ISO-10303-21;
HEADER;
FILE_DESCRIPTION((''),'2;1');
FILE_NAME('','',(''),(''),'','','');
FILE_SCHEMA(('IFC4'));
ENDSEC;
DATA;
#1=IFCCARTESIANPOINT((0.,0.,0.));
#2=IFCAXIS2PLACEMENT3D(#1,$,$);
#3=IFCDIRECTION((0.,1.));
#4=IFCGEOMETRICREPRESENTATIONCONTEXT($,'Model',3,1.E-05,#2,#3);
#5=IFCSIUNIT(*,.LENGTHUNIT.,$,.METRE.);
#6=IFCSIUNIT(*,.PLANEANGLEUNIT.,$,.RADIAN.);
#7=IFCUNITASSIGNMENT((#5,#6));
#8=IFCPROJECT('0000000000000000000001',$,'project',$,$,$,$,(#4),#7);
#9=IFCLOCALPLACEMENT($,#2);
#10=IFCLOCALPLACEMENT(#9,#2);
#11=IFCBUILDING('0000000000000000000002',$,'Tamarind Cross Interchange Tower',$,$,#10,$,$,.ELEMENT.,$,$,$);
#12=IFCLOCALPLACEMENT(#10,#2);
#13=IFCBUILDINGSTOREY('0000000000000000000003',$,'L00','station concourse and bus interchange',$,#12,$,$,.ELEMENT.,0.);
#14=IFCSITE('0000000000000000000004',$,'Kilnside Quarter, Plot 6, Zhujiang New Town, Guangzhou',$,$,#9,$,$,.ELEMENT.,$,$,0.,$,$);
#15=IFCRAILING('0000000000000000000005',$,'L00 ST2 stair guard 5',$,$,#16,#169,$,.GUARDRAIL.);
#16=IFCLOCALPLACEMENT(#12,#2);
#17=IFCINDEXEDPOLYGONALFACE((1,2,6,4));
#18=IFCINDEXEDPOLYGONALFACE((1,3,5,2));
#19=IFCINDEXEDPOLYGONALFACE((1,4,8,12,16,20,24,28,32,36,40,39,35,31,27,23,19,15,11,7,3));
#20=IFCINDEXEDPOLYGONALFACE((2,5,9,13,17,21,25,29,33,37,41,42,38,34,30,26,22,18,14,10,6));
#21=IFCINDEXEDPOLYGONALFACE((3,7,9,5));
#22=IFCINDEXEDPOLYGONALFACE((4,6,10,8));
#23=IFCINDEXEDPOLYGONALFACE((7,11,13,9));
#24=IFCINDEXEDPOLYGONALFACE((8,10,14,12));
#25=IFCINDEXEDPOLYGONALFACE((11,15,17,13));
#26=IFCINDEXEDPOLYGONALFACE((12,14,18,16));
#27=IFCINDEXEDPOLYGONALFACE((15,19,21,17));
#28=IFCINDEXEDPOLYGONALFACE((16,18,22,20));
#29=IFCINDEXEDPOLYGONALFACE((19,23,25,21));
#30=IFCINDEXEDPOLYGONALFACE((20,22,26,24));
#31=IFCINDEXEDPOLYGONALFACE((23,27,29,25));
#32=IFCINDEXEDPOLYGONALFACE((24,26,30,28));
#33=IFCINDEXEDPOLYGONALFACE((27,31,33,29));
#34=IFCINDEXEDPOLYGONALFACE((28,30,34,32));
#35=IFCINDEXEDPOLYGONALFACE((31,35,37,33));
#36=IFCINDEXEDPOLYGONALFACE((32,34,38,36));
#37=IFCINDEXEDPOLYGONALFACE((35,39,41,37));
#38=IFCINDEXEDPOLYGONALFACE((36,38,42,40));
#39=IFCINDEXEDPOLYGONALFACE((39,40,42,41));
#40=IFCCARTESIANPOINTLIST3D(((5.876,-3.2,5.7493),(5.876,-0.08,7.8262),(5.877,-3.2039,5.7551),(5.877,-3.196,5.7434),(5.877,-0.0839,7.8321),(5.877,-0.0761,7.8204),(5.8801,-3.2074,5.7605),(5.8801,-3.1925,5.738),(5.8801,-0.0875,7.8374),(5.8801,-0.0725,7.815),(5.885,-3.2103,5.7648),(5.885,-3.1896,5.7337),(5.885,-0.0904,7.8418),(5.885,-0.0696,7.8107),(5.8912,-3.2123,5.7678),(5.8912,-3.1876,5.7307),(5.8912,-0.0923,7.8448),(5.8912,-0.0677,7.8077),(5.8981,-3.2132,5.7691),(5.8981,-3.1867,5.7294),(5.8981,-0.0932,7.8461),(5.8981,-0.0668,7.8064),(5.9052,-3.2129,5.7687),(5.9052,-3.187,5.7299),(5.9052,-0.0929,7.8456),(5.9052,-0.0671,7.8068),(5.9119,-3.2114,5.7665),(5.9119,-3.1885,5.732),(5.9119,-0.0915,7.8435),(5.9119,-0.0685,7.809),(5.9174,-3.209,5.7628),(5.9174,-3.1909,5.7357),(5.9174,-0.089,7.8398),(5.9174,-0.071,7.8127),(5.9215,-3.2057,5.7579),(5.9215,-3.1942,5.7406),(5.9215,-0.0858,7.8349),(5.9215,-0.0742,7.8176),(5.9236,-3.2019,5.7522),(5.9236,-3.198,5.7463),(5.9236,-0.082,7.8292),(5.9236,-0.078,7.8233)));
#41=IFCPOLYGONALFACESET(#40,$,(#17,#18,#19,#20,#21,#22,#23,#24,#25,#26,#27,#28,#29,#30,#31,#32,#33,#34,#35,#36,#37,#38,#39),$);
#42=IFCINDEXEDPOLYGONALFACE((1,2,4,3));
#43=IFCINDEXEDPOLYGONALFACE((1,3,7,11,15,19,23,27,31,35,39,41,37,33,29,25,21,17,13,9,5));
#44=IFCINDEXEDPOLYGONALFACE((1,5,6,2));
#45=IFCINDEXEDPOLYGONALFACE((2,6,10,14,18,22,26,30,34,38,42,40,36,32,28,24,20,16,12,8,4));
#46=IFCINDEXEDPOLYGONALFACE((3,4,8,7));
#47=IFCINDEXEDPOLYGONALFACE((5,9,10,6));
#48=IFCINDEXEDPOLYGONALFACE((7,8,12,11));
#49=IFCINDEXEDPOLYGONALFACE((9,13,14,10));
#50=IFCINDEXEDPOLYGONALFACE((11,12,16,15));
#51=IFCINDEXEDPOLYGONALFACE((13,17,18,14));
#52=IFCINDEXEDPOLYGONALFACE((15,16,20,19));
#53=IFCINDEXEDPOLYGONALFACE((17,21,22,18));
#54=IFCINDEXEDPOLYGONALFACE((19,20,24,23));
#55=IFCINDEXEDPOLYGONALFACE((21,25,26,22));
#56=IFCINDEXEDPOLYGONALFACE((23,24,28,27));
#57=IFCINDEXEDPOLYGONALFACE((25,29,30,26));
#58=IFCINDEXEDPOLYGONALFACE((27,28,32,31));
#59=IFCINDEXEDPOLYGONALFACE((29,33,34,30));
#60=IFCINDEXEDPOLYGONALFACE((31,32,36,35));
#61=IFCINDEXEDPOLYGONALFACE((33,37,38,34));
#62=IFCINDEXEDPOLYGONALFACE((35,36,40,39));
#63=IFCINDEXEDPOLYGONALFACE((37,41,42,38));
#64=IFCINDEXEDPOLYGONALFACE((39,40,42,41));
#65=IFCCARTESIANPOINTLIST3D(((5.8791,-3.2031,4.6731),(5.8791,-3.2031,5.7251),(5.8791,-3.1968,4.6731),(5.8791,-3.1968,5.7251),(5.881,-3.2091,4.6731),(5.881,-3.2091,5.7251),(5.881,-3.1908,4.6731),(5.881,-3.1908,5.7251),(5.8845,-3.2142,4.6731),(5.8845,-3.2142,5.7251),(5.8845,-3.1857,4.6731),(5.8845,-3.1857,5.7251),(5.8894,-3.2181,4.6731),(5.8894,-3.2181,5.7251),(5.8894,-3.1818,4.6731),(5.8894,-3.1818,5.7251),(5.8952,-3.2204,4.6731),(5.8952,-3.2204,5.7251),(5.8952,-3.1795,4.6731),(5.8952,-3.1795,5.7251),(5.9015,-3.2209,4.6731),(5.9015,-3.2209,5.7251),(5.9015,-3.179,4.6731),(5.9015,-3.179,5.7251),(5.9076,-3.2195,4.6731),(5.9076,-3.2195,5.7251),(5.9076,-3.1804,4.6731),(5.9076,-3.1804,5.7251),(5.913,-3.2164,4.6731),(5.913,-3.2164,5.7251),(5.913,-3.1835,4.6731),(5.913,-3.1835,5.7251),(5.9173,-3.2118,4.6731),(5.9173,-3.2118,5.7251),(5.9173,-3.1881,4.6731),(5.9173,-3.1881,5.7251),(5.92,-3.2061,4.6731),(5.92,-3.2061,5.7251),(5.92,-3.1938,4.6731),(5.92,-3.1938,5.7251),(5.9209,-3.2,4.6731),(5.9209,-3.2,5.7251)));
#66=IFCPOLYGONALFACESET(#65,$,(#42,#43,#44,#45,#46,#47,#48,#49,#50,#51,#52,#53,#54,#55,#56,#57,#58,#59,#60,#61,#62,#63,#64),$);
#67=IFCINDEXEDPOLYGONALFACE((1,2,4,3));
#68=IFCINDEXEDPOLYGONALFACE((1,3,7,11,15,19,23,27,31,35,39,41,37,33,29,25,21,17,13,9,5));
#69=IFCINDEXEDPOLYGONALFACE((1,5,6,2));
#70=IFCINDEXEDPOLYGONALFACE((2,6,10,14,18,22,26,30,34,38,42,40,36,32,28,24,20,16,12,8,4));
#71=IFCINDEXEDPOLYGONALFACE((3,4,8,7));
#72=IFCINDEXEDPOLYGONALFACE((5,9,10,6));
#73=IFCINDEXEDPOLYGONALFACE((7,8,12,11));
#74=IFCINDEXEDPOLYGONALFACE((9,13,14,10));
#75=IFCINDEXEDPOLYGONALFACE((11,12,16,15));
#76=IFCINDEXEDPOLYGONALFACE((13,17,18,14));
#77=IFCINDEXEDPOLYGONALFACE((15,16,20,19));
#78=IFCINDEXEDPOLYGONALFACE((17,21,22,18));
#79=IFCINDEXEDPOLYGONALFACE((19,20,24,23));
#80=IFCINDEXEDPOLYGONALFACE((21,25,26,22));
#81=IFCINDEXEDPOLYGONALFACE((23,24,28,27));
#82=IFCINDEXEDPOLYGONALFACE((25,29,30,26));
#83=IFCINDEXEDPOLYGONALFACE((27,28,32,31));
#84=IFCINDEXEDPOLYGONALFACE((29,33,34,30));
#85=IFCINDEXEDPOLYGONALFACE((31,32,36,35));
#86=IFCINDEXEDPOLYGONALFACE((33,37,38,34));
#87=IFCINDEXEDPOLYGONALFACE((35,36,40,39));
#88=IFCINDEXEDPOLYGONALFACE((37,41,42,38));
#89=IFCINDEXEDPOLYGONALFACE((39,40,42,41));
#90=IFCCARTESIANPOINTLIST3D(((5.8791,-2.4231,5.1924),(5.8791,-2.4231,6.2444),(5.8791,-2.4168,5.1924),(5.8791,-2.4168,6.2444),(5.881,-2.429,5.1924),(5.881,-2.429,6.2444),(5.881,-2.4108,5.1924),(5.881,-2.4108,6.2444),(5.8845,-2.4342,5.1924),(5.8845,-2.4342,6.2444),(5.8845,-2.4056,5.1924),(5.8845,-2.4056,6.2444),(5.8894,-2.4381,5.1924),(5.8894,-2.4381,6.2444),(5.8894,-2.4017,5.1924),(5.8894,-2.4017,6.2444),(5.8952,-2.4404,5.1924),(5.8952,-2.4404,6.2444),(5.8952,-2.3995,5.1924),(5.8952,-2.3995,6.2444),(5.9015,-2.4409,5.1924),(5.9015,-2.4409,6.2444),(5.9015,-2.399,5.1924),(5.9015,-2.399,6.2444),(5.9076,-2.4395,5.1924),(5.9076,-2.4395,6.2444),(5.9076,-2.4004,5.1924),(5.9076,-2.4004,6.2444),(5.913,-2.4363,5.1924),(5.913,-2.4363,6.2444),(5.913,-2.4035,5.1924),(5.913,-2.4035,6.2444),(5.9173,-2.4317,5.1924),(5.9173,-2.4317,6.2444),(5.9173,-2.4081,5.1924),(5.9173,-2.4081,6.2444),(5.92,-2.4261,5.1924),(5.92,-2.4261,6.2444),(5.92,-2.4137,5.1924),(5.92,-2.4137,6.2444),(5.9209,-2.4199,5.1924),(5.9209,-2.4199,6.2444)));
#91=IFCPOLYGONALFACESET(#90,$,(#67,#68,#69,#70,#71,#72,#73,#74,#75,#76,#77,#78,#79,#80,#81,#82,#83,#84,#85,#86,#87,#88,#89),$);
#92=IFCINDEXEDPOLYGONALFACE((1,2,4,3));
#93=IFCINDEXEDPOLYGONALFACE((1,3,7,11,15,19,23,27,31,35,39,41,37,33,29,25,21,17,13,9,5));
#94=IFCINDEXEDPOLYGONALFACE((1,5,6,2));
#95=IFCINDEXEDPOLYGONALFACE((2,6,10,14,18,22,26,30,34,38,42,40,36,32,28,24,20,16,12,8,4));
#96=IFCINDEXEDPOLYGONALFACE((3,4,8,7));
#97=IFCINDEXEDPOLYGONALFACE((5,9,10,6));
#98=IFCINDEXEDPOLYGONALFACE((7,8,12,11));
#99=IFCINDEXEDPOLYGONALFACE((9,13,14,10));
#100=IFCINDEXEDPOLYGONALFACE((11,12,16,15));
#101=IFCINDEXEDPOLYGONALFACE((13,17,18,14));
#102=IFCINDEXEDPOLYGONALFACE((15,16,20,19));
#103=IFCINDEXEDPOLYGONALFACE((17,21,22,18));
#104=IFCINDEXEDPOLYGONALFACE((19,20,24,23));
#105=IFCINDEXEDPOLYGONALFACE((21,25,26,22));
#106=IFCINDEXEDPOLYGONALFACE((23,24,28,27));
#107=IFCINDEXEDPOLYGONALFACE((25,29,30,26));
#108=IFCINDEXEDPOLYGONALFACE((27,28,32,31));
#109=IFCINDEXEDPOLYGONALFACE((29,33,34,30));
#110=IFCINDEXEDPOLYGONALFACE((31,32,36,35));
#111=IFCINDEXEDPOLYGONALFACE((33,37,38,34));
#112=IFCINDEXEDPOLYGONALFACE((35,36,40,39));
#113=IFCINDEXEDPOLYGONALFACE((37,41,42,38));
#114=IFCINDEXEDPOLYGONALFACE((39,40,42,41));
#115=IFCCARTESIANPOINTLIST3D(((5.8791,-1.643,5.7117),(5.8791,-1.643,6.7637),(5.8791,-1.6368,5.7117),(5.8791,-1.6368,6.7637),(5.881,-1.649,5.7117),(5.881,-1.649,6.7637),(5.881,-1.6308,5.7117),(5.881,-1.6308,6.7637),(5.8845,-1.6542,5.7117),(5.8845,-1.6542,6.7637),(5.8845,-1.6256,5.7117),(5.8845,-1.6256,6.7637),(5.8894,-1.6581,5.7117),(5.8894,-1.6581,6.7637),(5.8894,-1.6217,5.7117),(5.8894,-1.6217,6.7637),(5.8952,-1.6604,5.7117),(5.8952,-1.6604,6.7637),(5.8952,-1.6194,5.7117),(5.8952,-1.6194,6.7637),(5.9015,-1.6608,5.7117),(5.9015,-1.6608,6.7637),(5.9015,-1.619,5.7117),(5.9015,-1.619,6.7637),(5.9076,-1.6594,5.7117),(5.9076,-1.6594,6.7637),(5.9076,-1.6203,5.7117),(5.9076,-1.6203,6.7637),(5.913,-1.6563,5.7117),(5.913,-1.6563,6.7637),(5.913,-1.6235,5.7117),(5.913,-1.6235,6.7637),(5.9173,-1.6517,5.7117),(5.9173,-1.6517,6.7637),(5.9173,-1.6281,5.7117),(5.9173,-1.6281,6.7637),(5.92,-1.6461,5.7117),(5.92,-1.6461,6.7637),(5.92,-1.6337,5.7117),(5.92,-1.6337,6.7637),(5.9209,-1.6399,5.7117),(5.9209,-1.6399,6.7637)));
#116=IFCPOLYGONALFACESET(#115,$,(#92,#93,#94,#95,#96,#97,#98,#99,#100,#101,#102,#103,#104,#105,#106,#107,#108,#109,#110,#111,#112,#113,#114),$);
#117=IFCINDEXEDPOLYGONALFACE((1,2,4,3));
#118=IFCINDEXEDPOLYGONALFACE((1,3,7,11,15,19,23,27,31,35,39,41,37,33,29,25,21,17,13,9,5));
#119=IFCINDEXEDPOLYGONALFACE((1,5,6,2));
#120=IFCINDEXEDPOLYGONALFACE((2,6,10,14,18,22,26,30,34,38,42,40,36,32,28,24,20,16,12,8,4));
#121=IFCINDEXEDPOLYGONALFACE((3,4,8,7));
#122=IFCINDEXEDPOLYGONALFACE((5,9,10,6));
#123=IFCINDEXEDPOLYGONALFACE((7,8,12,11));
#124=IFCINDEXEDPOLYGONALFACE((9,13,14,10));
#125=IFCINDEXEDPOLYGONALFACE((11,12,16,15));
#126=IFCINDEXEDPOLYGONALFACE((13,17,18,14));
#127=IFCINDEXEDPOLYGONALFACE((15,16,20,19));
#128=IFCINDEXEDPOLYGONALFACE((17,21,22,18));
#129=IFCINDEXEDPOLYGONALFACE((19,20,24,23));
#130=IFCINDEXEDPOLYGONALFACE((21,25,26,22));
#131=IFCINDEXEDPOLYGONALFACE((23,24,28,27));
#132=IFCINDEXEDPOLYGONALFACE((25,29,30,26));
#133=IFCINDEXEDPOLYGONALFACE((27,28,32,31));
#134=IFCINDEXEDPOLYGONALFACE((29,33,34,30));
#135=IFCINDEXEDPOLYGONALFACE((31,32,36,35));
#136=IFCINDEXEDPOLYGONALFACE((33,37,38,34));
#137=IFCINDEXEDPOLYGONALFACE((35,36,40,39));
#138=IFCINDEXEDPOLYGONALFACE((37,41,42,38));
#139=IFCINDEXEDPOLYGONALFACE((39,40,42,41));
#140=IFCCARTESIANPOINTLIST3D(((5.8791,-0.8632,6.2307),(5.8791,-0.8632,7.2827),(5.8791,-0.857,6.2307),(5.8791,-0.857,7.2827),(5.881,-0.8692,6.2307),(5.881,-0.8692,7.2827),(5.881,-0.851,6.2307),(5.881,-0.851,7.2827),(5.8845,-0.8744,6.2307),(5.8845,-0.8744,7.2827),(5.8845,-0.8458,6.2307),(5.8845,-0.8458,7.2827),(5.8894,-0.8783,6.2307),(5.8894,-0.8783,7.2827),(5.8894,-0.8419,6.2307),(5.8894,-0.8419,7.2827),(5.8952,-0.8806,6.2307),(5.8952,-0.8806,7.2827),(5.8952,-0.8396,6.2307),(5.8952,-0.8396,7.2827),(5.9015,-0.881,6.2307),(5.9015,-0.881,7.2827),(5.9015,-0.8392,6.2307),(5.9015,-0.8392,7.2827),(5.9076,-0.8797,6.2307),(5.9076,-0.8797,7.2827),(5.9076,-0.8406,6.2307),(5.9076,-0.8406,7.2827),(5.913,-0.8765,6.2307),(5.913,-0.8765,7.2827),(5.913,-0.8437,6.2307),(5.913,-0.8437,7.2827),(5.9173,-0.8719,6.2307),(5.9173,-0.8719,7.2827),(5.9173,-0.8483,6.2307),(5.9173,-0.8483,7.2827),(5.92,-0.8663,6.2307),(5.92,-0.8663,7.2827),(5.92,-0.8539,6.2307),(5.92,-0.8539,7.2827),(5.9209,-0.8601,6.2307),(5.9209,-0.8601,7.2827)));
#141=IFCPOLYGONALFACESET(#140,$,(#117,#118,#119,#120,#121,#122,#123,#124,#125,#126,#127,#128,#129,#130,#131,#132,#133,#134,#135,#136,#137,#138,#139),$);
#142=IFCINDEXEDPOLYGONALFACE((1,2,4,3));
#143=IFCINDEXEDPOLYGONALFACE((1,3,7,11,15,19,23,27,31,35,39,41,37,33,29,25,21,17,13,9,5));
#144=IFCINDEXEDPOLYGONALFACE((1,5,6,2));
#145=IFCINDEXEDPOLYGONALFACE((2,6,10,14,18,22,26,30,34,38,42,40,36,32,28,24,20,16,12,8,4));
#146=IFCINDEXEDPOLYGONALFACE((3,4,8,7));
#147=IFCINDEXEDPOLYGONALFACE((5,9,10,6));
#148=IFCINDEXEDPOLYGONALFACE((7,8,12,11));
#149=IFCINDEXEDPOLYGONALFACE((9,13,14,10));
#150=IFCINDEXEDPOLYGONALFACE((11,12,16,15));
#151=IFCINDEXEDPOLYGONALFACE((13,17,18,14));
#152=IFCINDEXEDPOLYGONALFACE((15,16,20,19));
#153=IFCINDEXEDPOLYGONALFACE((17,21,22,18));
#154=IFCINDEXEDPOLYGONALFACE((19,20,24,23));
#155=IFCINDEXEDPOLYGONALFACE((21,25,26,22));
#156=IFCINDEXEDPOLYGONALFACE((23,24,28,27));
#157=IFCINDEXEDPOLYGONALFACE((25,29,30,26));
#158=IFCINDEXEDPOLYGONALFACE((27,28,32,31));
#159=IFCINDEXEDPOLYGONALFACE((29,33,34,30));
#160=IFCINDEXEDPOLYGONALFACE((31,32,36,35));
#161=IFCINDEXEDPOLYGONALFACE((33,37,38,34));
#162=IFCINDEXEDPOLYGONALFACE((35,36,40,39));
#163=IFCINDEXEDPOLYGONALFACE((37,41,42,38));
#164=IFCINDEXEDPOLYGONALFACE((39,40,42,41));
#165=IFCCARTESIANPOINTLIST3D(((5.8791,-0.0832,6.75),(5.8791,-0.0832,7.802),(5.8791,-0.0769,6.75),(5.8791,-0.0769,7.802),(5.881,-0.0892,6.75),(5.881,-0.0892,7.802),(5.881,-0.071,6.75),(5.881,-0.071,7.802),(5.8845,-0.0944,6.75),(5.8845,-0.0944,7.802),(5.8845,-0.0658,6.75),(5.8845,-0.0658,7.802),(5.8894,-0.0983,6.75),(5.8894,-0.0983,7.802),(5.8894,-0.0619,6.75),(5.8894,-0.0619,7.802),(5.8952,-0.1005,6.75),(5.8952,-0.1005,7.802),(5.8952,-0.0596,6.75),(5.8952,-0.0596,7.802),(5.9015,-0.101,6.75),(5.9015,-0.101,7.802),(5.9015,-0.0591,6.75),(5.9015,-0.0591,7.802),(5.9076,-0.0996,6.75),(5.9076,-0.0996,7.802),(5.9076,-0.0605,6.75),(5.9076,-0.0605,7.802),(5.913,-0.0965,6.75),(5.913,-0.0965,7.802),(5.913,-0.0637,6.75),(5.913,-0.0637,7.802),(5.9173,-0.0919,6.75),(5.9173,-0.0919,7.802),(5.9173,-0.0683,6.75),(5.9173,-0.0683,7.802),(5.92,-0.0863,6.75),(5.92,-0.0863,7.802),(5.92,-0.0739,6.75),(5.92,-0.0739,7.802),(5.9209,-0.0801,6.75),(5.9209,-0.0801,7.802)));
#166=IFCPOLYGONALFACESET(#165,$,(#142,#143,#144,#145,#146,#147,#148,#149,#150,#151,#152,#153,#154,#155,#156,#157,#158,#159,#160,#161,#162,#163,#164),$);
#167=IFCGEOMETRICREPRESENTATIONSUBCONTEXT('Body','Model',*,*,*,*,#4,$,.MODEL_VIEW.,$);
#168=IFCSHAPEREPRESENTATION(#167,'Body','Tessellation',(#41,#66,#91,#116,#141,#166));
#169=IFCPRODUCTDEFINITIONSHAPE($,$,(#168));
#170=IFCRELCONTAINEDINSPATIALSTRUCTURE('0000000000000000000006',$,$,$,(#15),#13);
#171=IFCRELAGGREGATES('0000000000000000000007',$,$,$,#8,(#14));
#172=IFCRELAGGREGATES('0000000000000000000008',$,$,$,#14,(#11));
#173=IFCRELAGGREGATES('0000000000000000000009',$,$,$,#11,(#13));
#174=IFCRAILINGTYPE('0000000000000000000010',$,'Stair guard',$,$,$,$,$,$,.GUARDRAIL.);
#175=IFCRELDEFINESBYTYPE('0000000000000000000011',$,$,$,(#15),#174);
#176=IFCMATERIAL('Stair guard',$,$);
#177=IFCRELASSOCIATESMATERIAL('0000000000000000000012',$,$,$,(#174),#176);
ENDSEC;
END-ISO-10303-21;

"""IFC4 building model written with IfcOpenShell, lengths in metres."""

from ifc_helpers import new_model, si_unit, direction, frame, origin, origin_2d, place, context, subcontext, project, spatial, circle, extrude, material, type_object, element, save


model = new_model("IFC4")

# Units and contexts
model_context = context("Model", 3, precision=1e-05, world=origin(), true_north=direction((0.0, 1.0)))
body_context = subcontext(model_context, "Body", "Model", "MODEL_VIEW")
ifc_project = project(units=[si_unit("LENGTHUNIT", "METRE"), si_unit("PLANEANGLEUNIT", "RADIAN")], contexts=[model_context])

# Site, building, storey
site_placement = place(None, origin())
site = spatial("IfcSite", under=ifc_project, at=site_placement, Name="Kilnside Quarter, Plot 6, Zhujiang New Town, Guangzhou", CompositionType="ELEMENT", RefElevation=0.0)
building_placement = place(site_placement, origin())
building = spatial("IfcBuilding", under=site, at=building_placement, Name="Tamarind Cross Interchange Tower", CompositionType="ELEMENT")
storey_placement = place(building_placement, origin())
storey = spatial("IfcBuildingStorey", under=building, at=storey_placement, Name="L00", Description="station concourse and bus interchange", CompositionType="ELEMENT", Elevation=0.0)

# Railing
ifc_material_1 = material(Name="Stair guard")
railing_type = type_object("IfcRailingType", Name="Stair guard", PredefinedType="GUARDRAIL", material=ifc_material_1)
railing_1_placement = place(storey_placement, frame((5.8999, -3.2, 4.6731)))
element("IfcRailing", 1, at=railing_1_placement, inside=storey, type_object=railing_type, Name="L00 ST2 stair guard 5", PredefinedType="GUARDRAIL", context=body_context, shape_type="SweptSolid", body=[
    extrude(circle(Radius=0.0239, at=origin_2d()), frame((0.0, 0.0, 1.0762), z_axis=(0.0, 0.832421, 0.554144), x_axis=(-1.0, 0.0, 0.0)), (0.0, 0.0, 1.0), 3.748),
    extrude(circle(Radius=0.021, at=origin_2d()), origin(), (0.0, 0.0, 1.0), 1.052),
    extrude(circle(Radius=0.021, at=origin_2d()), frame((0.0, 0.78, 0.5193)), (0.0, 0.0, 1.0), 1.052),
    extrude(circle(Radius=0.021, at=origin_2d()), frame((0.0, 1.5601, 1.0386)), (0.0, 0.0, 1.0), 1.052),
    extrude(circle(Radius=0.021, at=origin_2d()), frame((0.0, 2.3398, 1.5576)), (0.0, 0.0, 1.0), 1.052),
    extrude(circle(Radius=0.021, at=origin_2d()), frame((0.0, 3.1199, 2.0769)), (0.0, 0.0, 1.0), 1.052),
])

save(model, "model.ifc")
